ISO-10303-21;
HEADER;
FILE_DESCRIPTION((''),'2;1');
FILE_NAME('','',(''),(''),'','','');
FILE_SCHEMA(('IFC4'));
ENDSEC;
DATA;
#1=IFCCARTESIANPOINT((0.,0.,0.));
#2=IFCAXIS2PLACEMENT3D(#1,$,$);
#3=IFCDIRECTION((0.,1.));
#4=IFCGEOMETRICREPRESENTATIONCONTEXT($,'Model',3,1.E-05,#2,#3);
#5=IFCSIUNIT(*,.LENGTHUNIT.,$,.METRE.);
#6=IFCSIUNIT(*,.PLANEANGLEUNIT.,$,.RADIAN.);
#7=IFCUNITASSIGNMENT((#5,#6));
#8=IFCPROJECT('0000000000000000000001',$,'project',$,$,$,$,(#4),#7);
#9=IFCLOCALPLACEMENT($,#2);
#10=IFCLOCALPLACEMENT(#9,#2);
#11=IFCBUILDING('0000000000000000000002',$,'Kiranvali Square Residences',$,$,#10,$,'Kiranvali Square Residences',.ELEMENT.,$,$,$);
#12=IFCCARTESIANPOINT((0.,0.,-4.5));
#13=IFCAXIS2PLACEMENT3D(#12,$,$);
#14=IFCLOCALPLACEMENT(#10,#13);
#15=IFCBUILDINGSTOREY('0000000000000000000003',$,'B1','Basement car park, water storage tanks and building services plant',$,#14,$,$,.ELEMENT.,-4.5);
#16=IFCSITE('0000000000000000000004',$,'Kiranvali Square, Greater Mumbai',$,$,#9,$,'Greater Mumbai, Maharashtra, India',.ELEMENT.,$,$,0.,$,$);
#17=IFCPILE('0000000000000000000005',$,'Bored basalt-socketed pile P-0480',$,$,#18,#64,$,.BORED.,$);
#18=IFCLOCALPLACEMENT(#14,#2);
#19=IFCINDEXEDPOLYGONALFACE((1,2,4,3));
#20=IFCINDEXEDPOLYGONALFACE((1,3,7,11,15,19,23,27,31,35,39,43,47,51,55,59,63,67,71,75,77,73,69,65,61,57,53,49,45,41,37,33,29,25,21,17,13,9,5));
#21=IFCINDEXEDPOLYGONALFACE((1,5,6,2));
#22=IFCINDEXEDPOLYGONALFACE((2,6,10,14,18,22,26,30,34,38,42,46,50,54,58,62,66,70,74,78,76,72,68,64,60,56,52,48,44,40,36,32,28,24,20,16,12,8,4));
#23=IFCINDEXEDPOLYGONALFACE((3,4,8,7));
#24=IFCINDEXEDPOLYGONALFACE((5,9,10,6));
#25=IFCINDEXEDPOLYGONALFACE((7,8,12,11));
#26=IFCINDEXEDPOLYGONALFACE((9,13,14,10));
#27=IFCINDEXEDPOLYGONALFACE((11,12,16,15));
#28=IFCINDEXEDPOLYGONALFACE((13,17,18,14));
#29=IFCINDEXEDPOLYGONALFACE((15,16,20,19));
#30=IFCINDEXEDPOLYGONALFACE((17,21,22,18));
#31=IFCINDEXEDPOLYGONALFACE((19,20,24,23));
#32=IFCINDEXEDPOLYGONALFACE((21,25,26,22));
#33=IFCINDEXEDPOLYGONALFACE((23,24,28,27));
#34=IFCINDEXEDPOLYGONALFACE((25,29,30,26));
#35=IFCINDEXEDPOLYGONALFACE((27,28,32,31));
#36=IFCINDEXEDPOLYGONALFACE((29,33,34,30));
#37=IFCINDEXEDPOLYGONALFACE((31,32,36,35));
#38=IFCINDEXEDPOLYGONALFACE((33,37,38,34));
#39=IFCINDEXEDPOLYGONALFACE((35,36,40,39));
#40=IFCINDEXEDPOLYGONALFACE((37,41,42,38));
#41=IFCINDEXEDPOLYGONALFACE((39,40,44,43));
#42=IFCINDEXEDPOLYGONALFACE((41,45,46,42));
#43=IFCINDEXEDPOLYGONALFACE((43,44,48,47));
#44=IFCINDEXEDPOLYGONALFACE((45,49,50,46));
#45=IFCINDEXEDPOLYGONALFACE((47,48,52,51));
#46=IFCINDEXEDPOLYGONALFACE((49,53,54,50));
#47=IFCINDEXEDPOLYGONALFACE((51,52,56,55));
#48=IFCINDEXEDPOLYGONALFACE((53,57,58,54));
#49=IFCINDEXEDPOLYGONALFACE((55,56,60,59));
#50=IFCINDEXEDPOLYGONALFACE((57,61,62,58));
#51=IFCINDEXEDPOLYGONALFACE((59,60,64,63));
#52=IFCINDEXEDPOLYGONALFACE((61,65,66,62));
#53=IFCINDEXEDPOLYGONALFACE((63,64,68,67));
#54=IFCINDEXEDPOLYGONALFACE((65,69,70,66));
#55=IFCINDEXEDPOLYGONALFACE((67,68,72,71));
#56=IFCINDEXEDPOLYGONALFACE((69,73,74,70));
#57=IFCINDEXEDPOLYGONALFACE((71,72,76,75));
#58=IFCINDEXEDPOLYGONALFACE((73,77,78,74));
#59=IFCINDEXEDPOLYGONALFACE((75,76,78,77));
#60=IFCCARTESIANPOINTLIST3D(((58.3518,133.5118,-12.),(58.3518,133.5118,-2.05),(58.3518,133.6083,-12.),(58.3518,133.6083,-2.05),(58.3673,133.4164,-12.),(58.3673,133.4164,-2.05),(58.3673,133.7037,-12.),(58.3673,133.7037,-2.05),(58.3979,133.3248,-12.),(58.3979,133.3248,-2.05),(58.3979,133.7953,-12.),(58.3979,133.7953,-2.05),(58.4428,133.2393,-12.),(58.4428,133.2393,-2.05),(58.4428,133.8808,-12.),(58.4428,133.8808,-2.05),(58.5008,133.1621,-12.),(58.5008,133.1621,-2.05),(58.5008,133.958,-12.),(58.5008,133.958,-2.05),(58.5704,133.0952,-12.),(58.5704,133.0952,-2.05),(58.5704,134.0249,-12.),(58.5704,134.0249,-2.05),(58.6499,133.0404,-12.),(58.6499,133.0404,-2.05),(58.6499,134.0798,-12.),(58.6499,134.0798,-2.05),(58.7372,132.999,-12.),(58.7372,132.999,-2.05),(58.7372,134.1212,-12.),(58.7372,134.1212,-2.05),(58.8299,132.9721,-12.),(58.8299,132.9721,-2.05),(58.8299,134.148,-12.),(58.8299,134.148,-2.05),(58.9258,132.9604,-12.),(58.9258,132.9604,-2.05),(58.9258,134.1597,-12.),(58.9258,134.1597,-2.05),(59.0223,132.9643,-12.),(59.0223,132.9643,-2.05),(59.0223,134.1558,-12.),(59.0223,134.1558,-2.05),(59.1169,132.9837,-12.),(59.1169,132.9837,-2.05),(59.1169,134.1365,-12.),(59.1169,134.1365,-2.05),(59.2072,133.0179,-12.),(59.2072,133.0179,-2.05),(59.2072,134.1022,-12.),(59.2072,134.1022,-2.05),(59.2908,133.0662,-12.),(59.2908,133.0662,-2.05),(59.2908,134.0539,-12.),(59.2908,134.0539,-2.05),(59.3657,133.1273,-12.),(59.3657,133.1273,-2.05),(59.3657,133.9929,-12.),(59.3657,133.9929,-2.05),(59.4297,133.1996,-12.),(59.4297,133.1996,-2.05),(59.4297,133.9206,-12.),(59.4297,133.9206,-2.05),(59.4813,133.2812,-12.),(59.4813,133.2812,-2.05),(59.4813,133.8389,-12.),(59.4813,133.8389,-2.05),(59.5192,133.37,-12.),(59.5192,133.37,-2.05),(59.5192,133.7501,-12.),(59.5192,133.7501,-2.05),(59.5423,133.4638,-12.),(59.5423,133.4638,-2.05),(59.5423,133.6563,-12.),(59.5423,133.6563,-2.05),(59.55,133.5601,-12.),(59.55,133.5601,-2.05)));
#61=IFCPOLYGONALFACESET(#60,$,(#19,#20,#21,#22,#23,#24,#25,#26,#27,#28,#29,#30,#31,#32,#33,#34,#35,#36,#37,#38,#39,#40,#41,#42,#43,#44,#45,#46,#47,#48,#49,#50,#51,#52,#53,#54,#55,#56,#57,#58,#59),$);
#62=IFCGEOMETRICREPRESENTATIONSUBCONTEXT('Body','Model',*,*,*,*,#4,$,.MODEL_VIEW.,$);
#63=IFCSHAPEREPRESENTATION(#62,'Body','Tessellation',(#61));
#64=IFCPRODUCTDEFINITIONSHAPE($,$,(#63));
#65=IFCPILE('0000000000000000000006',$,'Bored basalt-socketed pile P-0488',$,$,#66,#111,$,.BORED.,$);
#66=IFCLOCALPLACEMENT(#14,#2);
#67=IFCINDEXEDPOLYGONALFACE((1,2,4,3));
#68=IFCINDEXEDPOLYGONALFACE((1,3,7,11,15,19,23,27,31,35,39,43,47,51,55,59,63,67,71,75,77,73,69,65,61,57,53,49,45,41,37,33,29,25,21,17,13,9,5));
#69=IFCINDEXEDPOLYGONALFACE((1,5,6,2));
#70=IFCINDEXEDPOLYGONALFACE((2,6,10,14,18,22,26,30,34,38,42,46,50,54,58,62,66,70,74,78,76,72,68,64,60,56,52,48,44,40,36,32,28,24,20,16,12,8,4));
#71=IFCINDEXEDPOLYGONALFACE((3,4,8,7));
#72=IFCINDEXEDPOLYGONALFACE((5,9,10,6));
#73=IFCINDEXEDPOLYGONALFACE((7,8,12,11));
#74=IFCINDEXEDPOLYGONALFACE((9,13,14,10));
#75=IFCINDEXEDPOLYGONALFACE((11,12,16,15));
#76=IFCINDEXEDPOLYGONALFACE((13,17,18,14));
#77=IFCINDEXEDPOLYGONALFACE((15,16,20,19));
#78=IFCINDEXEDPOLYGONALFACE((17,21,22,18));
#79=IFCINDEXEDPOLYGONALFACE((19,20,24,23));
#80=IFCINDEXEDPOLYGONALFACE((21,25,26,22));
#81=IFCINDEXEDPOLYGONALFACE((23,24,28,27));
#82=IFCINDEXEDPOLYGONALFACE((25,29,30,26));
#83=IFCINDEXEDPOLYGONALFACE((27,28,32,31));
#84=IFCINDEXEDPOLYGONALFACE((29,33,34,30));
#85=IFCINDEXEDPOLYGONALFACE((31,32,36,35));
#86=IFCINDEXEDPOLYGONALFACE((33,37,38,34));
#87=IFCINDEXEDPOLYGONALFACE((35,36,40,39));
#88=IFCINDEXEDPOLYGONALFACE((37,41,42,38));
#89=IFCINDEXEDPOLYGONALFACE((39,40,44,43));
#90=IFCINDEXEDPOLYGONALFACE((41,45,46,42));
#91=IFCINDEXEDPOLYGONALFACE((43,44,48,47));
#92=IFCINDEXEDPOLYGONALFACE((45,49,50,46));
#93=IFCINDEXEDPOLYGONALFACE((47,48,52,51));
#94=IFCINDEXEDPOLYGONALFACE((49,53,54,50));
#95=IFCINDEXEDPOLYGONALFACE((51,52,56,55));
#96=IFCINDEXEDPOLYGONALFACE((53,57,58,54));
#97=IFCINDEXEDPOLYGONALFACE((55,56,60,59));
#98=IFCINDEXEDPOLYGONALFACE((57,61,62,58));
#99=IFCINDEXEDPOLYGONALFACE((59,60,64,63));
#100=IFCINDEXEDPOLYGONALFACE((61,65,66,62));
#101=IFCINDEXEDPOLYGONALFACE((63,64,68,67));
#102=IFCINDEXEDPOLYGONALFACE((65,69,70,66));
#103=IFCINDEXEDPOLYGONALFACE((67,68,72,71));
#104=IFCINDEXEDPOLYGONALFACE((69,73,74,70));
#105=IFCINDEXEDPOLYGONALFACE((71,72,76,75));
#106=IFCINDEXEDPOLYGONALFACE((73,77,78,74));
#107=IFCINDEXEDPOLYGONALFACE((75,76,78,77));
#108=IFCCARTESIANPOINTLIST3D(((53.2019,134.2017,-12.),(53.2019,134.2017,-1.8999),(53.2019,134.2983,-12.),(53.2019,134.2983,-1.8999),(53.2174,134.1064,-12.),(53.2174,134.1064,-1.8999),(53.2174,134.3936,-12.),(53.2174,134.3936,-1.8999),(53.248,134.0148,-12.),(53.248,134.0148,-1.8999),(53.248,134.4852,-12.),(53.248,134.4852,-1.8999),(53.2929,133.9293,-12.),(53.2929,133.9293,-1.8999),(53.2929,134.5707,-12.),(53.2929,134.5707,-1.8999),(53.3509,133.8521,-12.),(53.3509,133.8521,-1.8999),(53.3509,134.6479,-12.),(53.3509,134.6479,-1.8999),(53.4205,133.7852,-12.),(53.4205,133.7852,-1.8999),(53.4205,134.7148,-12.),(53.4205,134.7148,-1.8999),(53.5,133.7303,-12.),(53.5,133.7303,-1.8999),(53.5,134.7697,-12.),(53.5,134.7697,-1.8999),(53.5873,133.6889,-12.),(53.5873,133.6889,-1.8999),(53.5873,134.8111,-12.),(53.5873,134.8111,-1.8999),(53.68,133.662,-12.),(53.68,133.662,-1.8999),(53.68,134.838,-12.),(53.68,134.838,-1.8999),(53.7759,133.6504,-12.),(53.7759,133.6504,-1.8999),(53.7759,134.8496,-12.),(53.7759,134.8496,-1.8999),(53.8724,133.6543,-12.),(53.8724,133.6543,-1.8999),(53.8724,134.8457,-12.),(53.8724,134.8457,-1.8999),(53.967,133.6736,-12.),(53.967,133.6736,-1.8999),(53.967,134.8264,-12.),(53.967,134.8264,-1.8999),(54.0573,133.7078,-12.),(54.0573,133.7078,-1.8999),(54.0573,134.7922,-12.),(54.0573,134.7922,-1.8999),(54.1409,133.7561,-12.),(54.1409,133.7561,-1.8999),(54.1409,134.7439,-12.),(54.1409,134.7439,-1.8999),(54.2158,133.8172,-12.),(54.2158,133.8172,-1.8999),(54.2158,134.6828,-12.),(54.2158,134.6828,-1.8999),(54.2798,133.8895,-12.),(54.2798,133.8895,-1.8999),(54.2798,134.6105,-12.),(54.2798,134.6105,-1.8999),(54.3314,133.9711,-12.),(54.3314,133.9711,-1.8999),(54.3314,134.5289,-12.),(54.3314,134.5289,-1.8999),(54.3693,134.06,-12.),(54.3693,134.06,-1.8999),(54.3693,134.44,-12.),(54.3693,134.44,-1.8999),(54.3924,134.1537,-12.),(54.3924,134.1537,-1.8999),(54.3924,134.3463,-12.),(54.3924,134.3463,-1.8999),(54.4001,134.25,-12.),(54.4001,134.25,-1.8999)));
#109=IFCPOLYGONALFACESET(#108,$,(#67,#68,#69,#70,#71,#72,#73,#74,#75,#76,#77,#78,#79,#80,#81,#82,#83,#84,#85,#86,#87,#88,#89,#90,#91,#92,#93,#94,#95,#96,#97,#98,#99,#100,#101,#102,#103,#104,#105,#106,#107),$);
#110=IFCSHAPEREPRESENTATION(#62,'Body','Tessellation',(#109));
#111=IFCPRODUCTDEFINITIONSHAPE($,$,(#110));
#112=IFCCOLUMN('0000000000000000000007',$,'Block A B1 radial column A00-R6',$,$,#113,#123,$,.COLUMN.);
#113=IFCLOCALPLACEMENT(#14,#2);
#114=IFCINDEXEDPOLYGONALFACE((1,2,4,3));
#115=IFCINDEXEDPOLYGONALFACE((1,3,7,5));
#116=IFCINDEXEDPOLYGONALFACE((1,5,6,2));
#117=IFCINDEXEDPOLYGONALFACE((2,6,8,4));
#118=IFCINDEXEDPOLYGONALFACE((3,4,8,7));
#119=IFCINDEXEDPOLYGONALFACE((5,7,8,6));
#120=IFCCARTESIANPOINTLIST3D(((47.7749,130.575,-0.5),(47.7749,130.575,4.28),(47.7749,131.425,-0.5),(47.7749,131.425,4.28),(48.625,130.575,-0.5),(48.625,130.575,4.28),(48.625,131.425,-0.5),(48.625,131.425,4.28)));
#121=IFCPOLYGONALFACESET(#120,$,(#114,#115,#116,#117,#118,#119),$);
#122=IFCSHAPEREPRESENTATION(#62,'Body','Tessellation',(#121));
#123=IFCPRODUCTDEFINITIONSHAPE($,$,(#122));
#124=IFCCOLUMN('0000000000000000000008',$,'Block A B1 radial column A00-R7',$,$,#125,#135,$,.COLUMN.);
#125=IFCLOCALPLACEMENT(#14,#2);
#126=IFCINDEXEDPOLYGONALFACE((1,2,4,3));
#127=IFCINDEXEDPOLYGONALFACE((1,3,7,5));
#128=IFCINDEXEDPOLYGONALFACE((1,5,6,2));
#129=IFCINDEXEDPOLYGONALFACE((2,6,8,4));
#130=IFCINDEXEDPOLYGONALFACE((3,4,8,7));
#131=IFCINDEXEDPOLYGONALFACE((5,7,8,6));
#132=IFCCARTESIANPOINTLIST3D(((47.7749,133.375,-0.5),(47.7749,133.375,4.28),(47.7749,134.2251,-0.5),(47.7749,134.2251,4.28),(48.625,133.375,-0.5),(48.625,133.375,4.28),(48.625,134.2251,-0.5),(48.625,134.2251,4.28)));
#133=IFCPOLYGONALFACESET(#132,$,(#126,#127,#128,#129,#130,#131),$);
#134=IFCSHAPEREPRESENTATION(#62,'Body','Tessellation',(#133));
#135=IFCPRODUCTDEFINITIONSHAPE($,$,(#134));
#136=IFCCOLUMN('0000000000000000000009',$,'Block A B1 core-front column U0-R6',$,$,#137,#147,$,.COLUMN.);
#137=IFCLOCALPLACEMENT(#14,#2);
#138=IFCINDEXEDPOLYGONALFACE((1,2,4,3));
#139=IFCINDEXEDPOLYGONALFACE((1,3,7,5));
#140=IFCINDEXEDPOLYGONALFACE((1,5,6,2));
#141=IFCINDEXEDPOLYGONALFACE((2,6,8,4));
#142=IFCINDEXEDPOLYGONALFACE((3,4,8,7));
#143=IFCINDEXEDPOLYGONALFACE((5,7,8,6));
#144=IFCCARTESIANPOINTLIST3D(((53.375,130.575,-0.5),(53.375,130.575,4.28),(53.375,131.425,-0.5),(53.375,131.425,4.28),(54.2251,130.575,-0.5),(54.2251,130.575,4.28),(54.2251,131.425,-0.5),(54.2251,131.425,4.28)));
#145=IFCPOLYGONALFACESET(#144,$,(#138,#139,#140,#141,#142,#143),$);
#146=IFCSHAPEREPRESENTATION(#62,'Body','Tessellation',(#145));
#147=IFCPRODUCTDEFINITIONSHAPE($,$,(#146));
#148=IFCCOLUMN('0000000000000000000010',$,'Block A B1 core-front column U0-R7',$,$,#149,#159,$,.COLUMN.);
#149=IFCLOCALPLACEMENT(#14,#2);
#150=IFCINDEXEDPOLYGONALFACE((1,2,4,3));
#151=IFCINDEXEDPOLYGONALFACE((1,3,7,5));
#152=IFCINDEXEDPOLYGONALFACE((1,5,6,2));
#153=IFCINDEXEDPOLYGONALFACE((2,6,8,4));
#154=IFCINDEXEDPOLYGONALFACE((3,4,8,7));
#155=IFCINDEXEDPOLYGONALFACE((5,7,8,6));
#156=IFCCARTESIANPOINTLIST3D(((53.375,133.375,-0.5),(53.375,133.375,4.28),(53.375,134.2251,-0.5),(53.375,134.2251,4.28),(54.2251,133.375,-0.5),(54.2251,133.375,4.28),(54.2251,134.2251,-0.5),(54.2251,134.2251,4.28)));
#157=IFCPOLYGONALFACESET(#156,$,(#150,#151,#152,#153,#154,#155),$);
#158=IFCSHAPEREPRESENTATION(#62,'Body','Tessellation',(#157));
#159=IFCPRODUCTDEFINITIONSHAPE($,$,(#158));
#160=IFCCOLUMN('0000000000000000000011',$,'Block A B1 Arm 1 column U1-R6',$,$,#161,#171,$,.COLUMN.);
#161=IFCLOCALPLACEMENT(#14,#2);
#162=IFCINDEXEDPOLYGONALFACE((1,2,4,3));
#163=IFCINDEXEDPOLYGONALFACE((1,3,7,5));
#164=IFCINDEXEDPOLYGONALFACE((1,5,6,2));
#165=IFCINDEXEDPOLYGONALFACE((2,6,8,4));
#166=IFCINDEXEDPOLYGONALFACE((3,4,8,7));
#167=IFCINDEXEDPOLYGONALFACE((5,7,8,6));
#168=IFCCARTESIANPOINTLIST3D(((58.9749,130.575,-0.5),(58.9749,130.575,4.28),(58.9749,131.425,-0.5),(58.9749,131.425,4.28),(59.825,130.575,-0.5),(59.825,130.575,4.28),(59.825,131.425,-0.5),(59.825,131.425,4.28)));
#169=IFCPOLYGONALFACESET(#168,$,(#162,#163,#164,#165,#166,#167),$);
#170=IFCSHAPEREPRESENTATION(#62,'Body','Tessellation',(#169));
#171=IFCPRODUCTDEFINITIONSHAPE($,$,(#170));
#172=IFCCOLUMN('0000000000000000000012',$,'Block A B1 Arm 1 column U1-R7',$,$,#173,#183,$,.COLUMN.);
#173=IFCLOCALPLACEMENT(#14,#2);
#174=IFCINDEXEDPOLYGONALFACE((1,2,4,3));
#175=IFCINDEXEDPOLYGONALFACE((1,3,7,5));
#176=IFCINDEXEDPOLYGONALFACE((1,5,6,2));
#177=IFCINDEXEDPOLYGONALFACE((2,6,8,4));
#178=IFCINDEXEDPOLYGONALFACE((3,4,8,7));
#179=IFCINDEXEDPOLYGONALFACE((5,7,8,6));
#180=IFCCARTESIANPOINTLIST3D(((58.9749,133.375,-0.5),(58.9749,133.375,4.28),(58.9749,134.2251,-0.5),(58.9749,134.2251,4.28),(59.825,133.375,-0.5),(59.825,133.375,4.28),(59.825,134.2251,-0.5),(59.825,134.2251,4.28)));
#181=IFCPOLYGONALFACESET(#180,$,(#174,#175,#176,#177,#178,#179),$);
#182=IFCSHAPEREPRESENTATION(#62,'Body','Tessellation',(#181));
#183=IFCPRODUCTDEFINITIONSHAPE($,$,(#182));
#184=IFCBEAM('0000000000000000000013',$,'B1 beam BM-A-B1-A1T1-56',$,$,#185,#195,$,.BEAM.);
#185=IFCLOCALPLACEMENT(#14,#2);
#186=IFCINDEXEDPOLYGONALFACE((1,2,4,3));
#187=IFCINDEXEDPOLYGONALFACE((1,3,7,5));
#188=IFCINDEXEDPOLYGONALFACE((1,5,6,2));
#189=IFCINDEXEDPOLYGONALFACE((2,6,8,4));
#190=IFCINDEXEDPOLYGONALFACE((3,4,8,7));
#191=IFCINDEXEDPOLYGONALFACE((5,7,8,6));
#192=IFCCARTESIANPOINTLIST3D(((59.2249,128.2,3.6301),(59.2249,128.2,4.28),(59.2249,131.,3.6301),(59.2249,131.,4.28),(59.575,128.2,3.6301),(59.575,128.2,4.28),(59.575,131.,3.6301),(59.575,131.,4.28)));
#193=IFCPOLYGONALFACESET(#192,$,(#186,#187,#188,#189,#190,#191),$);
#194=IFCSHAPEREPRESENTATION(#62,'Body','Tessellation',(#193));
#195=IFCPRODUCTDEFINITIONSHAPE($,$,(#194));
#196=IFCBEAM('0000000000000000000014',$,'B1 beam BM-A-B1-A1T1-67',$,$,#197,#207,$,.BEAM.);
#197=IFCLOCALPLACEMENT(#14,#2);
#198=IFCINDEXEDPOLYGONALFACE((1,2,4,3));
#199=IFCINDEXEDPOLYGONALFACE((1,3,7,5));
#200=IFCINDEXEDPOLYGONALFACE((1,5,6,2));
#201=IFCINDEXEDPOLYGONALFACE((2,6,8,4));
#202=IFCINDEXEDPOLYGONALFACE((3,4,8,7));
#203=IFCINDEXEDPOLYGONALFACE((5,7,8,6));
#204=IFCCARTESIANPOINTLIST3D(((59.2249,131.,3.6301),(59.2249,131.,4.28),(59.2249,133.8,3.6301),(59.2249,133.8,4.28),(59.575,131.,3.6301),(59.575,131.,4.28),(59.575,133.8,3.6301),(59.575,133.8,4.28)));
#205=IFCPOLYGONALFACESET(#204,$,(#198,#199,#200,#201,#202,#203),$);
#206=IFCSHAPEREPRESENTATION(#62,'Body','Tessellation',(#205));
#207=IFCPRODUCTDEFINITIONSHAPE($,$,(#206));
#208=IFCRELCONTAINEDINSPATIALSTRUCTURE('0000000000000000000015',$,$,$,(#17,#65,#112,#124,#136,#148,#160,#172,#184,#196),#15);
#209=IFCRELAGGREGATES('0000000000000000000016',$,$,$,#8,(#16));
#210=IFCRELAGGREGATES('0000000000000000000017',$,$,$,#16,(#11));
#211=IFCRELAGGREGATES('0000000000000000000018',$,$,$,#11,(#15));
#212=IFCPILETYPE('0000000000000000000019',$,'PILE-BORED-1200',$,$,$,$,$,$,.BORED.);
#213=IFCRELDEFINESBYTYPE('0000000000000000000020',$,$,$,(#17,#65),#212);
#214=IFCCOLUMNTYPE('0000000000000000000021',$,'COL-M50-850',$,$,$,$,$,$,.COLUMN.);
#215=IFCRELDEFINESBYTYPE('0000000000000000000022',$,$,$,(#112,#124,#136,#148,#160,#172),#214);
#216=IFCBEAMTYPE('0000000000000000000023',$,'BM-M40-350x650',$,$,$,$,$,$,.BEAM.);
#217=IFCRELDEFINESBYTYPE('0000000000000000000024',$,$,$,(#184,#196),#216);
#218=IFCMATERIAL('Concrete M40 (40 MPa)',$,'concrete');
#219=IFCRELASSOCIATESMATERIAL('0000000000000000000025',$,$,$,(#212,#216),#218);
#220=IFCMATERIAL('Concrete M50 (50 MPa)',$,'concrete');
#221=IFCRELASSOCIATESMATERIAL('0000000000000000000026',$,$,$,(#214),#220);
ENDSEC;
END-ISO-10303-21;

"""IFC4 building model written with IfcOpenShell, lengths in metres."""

from ifc_helpers import new_model, si_unit, direction, frame, origin, origin_2d, place, context, subcontext, project, spatial, rectangle, circle, extrude, material, material_profile, profile_set, type_object, element, save


model = new_model("IFC4")

# Units and contexts
model_context = context("Model", 3, precision=1e-05, world=origin(), true_north=direction((0.0, 1.0)))
body_context = subcontext(model_context, "Body", "Model", "MODEL_VIEW")
ifc_project = project(units=[si_unit("LENGTHUNIT", "METRE"), si_unit("PLANEANGLEUNIT", "RADIAN")], contexts=[model_context])

# Site, building, storey
site_placement = place(None, origin())
site = spatial("IfcSite", under=ifc_project, at=site_placement, Name="Kiranvali Square, Greater Mumbai", LongName="Greater Mumbai, Maharashtra, India", CompositionType="ELEMENT", RefElevation=0.0)
building_placement = place(site_placement, origin())
building = spatial("IfcBuilding", under=site, at=building_placement, Name="Kiranvali Square Residences", LongName="Kiranvali Square Residences", CompositionType="ELEMENT")
storey_placement = place(building_placement, frame((0.0, 0.0, -4.5)))
storey = spatial("IfcBuildingStorey", under=building, at=storey_placement, Name="B1", Description="Basement car park, water storage tanks and building services plant", CompositionType="ELEMENT", Elevation=-4.5)

# Shared definitions
ifc_material_1 = material(Name="Concrete M40 (40 MPa)", Category="concrete")

# Piles
ifc_material_profile_1 = material_profile(ifc_material_1, circle(Radius=0.6001, at=origin_2d()), Name="BORED PILE 1200")
ifc_profile_set_1 = profile_set([ifc_material_profile_1], Name="Concrete M40 (40 MPa)")
pile_type = type_object("IfcPileType", Name="PILE-BORED-1200", PredefinedType="BORED", material=ifc_profile_set_1)
pile_1_placement = place(storey_placement, frame((58.95, 133.5601, -2.05), z_axis=(0.0, 0.0, -1.0), x_axis=(1.0, 0.0, 0.0)))
element("IfcPile", 1, at=pile_1_placement, inside=storey, type_object=pile_type, Name="Bored basalt-socketed pile P-0480", PredefinedType="BORED", context=body_context, shape_type="SweptSolid", body=[
    extrude(circle(Radius=0.6001, at=origin_2d()), origin(), (0.0, 0.0, 1.0), 9.95),
])
pile_2_placement = place(storey_placement, frame((53.8, 134.25, -1.8999), z_axis=(0.0, 0.0, -1.0), x_axis=(1.0, 0.0, 0.0)))
element("IfcPile", 2, at=pile_2_placement, inside=storey, type_object=pile_type, Name="Bored basalt-socketed pile P-0488", PredefinedType="BORED", context=body_context, shape_type="SweptSolid", body=[
    extrude(circle(Radius=0.6001, at=origin_2d()), origin(), (0.0, 0.0, 1.0), 10.1001),
])

# Columns
ifc_material_2 = material(Name="Concrete M50 (50 MPa)", Category="concrete")
ifc_material_profile_2 = material_profile(ifc_material_2, rectangle(XDim=0.8501, YDim=0.8501, at=origin_2d()), Name="RC 850x850")
ifc_profile_set_2 = profile_set([ifc_material_profile_2], Name="Concrete M50 (50 MPa)")
column_type = type_object("IfcColumnType", Name="COL-M50-850", PredefinedType="COLUMN", material=ifc_profile_set_2)
for number, where, z_axis, x_axis, name in (
    (3, (48.2, 131.0, -0.5), (0.0, 0.0, 1.0), (1.0, 0.0, 0.0), "Block A B1 radial column A00-R6"),
    (4, (48.2, 133.8, -0.5), (0.0, 0.0, 1.0), (1.0, 0.0, 0.0), "Block A B1 radial column A00-R7"),
    (5, (53.8, 131.0, -0.5), (0.0, 0.0, 1.0), (1.0, 0.0, 0.0), "Block A B1 core-front column U0-R6"),
    (6, (53.8, 133.8, -0.5), (0.0, 0.0, 1.0), (1.0, 0.0, 0.0), "Block A B1 core-front column U0-R7"),
    (7, (59.3999, 131.0, -0.5), (0.0, 0.0, 1.0), (1.0, 0.0, 0.0), "Block A B1 Arm 1 column U1-R6"),
    (8, (59.3999, 133.8, -0.5), (0.0, 0.0, 1.0), (1.0, 0.0, 0.0), "Block A B1 Arm 1 column U1-R7"),
):
    element("IfcColumn", number, at=place(storey_placement, frame(where, z_axis=z_axis, x_axis=x_axis)), inside=storey, type_object=column_type, Name=name, PredefinedType="COLUMN", context=body_context, shape_type="SweptSolid", body=[
        extrude(rectangle(XDim=0.8501, YDim=0.8501, at=origin_2d()), origin(), (0.0, 0.0, 1.0), 4.78),
    ])

# Beams
ifc_material_profile_3 = material_profile(ifc_material_1, rectangle(XDim=0.3501, YDim=0.6499, at=origin_2d()), Name="RC 350x650")
ifc_profile_set_3 = profile_set([ifc_material_profile_3], Name="Concrete M40 (40 MPa)")
beam_type_1 = type_object("IfcBeamType", Name="BM-M40-350x650", PredefinedType="BEAM", material=ifc_profile_set_3)
for number, where, z_axis, x_axis, name in (
    (9, (59.3999, 128.2, 3.9551), (0.0, 1.0, 0.0), (-1.0, 0.0, 0.0), "B1 beam BM-A-B1-A1T1-56"),
    (10, (59.3999, 131.0, 3.9551), (0.0, 1.0, 0.0), (-1.0, 0.0, 0.0), "B1 beam BM-A-B1-A1T1-67"),
):
    element("IfcBeam", number, at=place(storey_placement, frame(where, z_axis=z_axis, x_axis=x_axis)), inside=storey, type_object=beam_type_1, Name=name, PredefinedType="BEAM", context=body_context, shape_type="SweptSolid", body=[
        extrude(rectangle(XDim=0.3501, YDim=0.6499, at=origin_2d()), origin(), (0.0, 0.0, 1.0), 2.8),
    ])

save(model, "model.ifc")
